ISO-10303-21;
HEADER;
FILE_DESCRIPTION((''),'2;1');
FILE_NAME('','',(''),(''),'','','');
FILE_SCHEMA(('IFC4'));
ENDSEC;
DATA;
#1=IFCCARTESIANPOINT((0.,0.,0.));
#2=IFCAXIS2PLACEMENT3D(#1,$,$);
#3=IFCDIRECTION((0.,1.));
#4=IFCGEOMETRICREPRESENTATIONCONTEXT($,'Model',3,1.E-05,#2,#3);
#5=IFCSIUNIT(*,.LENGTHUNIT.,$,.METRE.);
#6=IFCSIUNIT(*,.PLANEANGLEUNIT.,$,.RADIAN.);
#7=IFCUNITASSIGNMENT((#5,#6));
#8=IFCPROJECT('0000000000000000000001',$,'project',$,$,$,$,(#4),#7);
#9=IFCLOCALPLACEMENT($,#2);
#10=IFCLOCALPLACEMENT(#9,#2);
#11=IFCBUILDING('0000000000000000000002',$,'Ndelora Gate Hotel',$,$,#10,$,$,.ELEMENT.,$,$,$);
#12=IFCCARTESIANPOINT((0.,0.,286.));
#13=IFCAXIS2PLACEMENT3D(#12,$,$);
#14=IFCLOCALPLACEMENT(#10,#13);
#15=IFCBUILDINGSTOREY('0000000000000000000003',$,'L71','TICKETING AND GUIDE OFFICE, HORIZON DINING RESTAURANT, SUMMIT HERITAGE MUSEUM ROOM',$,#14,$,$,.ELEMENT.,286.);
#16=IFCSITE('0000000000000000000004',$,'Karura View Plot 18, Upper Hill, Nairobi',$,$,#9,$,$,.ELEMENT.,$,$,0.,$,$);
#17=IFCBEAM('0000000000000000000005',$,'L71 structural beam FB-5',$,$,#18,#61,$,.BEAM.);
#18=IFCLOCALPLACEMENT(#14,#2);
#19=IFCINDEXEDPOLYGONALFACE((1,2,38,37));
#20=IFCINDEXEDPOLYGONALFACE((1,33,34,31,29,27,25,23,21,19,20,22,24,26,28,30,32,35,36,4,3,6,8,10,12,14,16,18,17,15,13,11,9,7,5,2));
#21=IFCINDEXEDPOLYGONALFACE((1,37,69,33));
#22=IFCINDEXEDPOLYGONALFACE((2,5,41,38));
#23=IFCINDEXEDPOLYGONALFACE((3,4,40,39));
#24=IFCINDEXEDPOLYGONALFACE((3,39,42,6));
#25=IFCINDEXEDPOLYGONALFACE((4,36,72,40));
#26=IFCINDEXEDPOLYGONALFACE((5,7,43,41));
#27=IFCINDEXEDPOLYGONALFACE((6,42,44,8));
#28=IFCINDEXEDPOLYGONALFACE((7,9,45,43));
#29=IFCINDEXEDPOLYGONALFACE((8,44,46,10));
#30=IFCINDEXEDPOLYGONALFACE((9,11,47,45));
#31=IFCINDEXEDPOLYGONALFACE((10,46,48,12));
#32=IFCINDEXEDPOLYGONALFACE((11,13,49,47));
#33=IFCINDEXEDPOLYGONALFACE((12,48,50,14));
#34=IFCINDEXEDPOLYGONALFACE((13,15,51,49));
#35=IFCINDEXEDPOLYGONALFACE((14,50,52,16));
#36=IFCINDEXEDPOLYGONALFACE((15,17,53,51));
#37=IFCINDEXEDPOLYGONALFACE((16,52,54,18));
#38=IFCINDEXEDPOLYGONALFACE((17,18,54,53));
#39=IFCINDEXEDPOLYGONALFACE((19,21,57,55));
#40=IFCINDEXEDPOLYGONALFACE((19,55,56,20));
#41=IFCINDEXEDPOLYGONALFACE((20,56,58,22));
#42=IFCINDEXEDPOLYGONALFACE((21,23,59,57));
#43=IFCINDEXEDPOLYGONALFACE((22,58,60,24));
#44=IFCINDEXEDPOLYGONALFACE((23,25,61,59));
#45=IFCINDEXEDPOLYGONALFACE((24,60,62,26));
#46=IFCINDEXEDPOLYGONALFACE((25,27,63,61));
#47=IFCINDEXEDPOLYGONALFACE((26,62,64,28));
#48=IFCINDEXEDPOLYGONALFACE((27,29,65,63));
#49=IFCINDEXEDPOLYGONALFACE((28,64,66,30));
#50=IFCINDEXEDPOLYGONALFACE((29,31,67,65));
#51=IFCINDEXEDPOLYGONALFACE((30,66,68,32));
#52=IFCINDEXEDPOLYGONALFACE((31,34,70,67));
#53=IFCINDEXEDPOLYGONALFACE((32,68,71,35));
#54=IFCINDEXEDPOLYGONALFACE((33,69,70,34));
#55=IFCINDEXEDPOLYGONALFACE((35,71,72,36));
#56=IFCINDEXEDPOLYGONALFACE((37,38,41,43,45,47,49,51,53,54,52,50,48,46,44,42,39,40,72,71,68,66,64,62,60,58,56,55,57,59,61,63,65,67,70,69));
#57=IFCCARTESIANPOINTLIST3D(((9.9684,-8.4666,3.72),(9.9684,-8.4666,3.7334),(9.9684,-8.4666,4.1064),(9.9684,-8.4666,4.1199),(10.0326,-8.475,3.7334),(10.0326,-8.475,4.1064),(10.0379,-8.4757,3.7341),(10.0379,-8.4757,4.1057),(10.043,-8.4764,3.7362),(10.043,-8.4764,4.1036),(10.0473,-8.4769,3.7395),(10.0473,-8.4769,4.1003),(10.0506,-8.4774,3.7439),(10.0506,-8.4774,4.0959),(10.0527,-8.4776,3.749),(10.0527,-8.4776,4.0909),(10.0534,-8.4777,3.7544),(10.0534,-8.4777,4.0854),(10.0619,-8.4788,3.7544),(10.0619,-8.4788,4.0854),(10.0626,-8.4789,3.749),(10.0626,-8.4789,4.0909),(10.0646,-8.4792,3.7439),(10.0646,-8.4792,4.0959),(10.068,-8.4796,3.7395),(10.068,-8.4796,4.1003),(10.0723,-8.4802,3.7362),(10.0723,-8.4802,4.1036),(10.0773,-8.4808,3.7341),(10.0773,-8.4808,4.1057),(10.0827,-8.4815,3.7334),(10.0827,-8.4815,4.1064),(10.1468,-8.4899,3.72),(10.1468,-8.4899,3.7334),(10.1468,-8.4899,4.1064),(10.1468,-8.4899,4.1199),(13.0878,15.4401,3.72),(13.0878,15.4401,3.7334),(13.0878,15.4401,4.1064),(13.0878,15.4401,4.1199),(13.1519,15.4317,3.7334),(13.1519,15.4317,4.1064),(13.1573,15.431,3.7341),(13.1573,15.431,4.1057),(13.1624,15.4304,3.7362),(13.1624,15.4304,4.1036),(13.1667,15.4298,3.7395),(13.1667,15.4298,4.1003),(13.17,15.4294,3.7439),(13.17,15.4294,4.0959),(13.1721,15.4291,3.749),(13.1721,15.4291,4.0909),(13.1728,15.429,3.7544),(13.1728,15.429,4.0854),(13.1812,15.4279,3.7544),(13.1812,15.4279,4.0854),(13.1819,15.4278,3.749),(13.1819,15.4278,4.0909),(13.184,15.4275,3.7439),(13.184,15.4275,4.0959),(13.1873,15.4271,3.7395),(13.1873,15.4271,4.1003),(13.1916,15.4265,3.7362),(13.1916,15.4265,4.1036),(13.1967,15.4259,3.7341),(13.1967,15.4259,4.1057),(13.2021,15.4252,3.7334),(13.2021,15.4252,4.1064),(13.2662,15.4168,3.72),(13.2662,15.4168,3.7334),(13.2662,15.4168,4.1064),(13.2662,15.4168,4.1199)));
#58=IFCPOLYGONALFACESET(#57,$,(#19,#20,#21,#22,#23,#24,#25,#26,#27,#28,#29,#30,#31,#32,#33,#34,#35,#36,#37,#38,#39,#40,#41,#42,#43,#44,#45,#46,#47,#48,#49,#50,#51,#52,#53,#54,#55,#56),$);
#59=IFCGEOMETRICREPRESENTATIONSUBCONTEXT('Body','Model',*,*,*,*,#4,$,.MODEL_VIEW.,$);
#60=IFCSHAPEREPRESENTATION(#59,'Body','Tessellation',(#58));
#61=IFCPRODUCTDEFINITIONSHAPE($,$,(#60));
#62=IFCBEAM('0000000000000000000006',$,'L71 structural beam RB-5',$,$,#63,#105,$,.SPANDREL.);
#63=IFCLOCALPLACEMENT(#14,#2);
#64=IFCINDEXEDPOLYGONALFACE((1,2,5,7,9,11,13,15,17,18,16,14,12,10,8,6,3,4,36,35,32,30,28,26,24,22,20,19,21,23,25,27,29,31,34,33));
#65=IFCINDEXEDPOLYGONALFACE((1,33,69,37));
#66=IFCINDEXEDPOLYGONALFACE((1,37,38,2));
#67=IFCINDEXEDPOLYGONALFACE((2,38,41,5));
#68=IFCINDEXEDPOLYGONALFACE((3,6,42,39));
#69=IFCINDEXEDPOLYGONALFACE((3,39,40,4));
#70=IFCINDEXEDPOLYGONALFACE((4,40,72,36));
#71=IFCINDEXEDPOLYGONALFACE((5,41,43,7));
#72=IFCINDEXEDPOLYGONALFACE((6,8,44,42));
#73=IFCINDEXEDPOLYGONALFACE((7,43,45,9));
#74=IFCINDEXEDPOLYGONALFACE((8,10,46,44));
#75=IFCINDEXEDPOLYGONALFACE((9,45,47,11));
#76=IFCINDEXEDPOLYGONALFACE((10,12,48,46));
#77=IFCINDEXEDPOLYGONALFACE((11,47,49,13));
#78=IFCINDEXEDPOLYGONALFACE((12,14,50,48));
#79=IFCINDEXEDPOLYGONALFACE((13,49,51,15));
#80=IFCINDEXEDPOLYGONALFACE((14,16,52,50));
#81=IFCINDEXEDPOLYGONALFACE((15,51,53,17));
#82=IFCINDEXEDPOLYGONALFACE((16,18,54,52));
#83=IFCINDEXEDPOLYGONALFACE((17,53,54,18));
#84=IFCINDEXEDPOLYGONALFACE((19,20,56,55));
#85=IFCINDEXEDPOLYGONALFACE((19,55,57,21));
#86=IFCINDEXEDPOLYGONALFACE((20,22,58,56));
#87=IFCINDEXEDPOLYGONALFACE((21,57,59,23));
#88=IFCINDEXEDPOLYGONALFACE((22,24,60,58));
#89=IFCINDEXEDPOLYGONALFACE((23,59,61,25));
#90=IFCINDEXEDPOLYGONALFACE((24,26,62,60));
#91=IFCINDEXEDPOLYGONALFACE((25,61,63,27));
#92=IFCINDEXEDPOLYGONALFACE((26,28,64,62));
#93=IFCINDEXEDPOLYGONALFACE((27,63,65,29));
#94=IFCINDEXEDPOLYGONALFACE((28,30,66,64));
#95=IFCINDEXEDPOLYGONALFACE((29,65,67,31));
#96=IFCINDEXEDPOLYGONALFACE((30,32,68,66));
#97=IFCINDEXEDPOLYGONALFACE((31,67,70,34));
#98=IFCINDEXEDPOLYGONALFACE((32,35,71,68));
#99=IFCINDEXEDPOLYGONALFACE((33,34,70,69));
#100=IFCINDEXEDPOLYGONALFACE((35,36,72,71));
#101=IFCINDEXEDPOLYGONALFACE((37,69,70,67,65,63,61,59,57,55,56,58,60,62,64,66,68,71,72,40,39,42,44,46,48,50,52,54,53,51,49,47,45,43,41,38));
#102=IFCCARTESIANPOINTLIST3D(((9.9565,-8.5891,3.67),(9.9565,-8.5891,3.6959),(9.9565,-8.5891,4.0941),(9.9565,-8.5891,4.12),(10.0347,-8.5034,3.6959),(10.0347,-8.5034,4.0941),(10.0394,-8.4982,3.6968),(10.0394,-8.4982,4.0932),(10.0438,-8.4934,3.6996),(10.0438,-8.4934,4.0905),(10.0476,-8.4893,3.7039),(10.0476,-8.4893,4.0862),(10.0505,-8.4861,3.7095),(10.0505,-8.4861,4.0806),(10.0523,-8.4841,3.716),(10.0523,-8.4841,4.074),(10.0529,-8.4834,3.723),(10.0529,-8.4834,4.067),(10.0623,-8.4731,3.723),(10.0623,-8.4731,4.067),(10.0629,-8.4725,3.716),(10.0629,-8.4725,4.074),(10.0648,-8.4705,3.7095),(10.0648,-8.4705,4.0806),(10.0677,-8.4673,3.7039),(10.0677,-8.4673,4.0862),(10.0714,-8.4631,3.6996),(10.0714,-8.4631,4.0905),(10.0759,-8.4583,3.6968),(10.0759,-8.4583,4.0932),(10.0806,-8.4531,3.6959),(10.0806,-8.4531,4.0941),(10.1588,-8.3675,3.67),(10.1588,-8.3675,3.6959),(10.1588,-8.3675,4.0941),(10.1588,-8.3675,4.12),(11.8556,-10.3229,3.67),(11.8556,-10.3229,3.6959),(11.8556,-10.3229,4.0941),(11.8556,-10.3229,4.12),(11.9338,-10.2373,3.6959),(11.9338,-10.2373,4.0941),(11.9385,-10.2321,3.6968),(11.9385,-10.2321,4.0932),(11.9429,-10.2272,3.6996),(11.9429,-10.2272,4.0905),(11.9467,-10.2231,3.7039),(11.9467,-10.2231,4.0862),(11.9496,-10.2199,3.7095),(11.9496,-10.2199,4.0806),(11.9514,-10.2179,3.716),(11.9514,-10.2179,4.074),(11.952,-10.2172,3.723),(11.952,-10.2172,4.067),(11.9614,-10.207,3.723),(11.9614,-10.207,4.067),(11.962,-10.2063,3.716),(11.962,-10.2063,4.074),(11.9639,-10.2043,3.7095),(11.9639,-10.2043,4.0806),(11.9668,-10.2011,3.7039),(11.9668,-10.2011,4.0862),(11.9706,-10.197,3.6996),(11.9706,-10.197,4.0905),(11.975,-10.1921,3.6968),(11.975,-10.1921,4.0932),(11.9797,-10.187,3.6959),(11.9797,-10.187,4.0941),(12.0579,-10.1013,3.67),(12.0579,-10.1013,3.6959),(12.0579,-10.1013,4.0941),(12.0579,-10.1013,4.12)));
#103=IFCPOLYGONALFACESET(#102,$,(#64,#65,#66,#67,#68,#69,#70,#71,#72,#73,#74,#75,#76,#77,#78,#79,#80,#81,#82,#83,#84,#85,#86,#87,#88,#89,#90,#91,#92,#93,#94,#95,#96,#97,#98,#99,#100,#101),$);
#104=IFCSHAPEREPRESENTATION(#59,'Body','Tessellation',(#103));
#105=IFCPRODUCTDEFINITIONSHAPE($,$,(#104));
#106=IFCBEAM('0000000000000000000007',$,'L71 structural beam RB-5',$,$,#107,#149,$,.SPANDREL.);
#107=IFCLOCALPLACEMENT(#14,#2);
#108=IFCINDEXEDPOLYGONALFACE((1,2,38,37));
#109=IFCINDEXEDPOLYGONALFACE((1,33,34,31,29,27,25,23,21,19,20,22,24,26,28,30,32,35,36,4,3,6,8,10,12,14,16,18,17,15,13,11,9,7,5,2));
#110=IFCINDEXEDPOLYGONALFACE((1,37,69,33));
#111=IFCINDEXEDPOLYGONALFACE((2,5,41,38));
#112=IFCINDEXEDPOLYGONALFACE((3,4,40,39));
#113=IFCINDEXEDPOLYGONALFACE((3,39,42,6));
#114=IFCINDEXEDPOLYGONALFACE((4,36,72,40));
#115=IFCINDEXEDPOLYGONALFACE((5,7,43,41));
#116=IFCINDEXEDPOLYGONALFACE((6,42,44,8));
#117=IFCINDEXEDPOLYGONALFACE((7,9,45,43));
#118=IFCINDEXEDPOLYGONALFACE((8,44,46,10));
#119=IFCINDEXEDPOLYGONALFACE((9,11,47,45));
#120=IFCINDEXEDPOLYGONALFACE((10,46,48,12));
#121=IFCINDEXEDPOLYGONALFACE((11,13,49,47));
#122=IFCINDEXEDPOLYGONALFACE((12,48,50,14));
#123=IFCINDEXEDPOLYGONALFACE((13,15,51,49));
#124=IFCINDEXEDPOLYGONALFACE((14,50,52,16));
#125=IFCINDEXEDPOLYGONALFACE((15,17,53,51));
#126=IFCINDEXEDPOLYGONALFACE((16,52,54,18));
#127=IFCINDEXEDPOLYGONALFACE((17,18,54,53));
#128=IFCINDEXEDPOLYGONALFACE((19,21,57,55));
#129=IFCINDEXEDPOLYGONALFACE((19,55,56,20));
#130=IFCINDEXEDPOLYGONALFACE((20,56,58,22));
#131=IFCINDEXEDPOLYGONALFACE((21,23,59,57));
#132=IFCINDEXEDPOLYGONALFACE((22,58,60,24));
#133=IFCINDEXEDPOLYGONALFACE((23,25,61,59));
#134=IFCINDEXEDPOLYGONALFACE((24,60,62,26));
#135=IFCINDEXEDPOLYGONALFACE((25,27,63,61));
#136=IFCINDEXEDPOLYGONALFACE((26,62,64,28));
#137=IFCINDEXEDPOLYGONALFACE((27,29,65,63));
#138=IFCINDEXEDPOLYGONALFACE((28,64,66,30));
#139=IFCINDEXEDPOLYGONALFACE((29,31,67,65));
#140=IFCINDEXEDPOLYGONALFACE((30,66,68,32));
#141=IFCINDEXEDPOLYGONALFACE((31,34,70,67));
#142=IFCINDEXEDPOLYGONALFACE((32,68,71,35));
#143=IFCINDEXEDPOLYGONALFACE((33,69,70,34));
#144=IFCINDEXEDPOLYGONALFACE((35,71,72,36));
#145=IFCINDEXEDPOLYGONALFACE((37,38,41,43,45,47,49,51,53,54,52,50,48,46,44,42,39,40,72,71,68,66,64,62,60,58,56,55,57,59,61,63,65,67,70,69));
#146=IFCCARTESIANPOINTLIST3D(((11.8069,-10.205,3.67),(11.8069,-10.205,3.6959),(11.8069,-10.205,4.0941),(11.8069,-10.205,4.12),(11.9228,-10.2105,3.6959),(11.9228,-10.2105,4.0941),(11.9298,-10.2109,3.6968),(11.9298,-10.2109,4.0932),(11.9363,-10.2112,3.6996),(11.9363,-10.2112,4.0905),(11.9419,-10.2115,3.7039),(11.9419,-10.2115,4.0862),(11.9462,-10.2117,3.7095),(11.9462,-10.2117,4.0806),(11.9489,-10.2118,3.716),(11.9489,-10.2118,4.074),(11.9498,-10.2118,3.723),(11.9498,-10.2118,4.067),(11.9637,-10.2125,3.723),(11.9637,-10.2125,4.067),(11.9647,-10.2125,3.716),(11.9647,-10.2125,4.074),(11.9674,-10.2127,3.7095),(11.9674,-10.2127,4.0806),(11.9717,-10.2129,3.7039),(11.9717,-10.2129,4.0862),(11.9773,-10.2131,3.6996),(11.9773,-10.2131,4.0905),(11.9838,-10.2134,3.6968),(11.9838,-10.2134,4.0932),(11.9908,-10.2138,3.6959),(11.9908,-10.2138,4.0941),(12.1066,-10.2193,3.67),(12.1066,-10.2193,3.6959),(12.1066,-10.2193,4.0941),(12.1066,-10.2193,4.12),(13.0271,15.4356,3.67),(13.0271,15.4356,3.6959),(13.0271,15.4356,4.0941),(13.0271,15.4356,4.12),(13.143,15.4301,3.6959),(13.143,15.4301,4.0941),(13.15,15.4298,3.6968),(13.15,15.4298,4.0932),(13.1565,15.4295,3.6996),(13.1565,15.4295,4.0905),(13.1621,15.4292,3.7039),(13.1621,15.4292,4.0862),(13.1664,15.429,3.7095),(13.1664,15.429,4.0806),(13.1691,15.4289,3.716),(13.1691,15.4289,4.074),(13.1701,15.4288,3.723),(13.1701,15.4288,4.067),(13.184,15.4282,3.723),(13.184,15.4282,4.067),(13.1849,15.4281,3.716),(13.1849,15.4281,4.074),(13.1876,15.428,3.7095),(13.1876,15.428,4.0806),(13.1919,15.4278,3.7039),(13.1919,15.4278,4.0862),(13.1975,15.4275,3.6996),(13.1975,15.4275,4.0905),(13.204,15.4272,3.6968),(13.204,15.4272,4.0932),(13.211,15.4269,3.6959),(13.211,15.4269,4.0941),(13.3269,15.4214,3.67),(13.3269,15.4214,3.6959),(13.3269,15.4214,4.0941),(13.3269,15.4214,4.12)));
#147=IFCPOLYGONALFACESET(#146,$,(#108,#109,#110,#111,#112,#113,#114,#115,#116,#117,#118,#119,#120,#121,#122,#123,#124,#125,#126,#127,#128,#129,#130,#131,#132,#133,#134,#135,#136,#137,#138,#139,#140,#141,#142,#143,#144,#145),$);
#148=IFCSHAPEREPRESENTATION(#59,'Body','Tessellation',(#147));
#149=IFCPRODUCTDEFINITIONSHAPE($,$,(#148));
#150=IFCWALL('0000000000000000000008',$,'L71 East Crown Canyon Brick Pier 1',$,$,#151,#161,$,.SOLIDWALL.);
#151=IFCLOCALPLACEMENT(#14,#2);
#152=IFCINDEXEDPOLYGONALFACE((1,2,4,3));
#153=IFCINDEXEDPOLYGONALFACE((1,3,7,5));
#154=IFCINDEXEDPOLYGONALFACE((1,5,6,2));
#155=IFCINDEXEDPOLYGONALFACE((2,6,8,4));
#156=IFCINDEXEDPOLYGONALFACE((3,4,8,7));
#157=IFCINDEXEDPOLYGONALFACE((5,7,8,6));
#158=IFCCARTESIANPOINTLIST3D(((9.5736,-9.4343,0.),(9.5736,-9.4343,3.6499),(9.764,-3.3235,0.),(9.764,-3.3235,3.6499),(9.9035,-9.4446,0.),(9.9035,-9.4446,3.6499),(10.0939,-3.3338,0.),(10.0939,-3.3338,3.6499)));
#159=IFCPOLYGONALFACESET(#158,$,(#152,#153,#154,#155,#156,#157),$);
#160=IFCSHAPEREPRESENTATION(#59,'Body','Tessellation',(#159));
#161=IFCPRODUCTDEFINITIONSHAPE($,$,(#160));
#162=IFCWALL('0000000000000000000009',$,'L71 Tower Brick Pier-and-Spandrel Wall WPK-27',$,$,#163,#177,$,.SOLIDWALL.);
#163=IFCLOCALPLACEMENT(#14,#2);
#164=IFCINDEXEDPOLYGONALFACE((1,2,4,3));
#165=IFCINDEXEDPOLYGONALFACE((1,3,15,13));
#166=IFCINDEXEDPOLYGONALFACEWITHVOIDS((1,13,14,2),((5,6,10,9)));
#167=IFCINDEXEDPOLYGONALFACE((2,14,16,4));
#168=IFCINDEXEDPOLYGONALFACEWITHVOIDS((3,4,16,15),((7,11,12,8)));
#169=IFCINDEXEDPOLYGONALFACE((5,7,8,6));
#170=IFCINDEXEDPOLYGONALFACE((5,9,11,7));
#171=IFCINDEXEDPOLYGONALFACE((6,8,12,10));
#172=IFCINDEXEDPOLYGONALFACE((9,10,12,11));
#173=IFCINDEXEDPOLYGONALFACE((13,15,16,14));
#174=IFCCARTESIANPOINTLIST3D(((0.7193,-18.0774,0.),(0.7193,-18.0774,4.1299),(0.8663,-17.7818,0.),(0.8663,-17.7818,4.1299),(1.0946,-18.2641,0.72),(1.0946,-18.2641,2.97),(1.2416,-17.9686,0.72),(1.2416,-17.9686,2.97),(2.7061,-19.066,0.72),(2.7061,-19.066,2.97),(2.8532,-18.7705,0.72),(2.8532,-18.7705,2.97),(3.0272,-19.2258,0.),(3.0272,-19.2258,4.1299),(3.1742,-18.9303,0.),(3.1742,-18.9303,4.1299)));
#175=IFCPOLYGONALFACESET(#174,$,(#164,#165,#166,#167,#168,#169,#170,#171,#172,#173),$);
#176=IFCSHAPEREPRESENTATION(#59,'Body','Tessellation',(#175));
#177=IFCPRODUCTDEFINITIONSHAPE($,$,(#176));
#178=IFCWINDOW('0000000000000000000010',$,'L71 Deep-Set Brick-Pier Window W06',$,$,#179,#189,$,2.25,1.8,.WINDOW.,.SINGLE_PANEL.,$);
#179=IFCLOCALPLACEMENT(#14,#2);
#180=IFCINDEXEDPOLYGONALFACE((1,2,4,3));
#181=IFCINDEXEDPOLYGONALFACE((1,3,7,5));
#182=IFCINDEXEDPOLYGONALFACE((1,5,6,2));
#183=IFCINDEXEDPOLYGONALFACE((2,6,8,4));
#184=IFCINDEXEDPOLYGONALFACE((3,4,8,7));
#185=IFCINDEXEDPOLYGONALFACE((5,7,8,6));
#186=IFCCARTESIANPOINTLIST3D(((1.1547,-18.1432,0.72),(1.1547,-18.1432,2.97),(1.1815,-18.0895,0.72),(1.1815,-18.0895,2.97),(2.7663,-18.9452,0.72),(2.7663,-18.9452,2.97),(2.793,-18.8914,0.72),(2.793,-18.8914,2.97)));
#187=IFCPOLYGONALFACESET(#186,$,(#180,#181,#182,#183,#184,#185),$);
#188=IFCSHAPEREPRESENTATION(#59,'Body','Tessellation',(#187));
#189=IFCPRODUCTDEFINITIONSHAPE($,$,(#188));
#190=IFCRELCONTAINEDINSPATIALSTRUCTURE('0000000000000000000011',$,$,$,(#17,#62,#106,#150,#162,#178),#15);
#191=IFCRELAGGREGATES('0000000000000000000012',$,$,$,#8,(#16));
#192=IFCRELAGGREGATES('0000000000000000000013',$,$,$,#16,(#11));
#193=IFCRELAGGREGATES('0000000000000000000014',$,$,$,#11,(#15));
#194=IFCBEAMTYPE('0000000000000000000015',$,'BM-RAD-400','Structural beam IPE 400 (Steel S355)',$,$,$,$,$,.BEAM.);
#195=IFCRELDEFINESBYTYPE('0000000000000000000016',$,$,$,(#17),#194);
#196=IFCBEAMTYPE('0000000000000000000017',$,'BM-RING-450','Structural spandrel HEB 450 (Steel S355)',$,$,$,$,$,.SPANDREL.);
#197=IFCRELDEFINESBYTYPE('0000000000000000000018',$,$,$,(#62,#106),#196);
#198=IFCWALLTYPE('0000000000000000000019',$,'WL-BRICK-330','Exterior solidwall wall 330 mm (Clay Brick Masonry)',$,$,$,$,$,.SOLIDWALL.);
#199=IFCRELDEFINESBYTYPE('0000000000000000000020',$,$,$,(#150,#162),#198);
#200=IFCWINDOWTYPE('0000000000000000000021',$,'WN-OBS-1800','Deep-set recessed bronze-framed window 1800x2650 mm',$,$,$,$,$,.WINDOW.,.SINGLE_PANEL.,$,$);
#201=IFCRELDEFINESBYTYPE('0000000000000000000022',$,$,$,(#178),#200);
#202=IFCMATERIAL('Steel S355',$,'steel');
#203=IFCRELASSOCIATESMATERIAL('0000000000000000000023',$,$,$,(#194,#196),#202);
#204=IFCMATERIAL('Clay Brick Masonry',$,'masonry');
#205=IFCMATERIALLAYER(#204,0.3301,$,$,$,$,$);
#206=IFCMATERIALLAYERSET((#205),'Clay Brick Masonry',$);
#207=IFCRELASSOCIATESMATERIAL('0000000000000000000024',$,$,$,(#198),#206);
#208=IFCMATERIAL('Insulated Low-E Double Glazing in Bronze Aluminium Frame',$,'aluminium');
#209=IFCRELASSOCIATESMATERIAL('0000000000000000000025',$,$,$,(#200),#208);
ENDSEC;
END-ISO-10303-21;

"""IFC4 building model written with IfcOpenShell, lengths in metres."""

from ifc_helpers import new_model, si_unit, direction, frame, frame_2d, origin, origin_2d, place, context, subcontext, project, spatial, rectangle, i_section, extrude, material, layer, layer_set, material_profile, profile_set, type_object, element, fill, save


model = new_model("IFC4")

# Units and contexts
model_context = context("Model", 3, precision=1e-05, world=origin(), true_north=direction((0.0, 1.0)))
body_context = subcontext(model_context, "Body", "Model", "MODEL_VIEW")
ifc_project = project(units=[si_unit("LENGTHUNIT", "METRE"), si_unit("PLANEANGLEUNIT", "RADIAN")], contexts=[model_context])

# Site, building, storey
site_placement = place(None, origin())
site = spatial("IfcSite", under=ifc_project, at=site_placement, Name="Karura View Plot 18, Upper Hill, Nairobi", CompositionType="ELEMENT", RefElevation=0.0)
building_placement = place(site_placement, origin())
building = spatial("IfcBuilding", under=site, at=building_placement, Name="Ndelora Gate Hotel", CompositionType="ELEMENT")
storey_placement = place(building_placement, frame((0.0, 0.0, 286.0)))
storey = spatial("IfcBuildingStorey", under=building, at=storey_placement, Name="L71", Description="TICKETING AND GUIDE OFFICE, HORIZON DINING RESTAURANT, SUMMIT HERITAGE MUSEUM ROOM", CompositionType="ELEMENT", Elevation=286.0)

# Beams
ifc_material_1 = material(Name="Steel S355", Category="steel")
ifc_material_profile_1 = material_profile(ifc_material_1, i_section(OverallWidth=0.1799, OverallDepth=0.3999, WebThickness=0.0085, FlangeThickness=0.0134, FilletRadius=0.021, at=origin_2d()), Name="IPE 400")
ifc_profile_set_1 = profile_set([ifc_material_profile_1], Name="Steel S355")
beam_type_1 = type_object("IfcBeamType", Name="BM-RAD-400", Description="Structural beam IPE 400 (Steel S355)", PredefinedType="BEAM", material=ifc_profile_set_1)
beam_1_placement = place(storey_placement, frame((10.0576, -8.4783, 3.9199), z_axis=(0.129385, 0.991594, 0.0), x_axis=(-0.991594, 0.129385, 0.0)))
element("IfcBeam", 1, at=beam_1_placement, inside=storey, type_object=beam_type_1, Name="L71 structural beam FB-5", PredefinedType="BEAM", context=body_context, shape_type="SweptSolid", body=[
    extrude(i_section(OverallWidth=0.1799, OverallDepth=0.3999, WebThickness=0.0085, FlangeThickness=0.0134, FilletRadius=0.021, at=origin_2d()), origin(), (0.0, 0.0, 1.0), 24.1094),
])
ifc_material_profile_2 = material_profile(ifc_material_1, i_section(OverallWidth=0.3, OverallDepth=0.45, WebThickness=0.0139, FlangeThickness=0.0259, FilletRadius=0.0271, at=origin_2d()), Name="HEB 450")
ifc_profile_set_2 = profile_set([ifc_material_profile_2], Name="Steel S355")
beam_type_2 = type_object("IfcBeamType", Name="BM-RING-450", Description="Structural spandrel HEB 450 (Steel S355)", PredefinedType="SPANDREL", material=ifc_profile_set_2)
beam_2_placement = place(storey_placement, frame((10.0576, -8.4783, 3.895), z_axis=(0.738512, -0.67424, 0.0), x_axis=(0.67424, 0.738512, 0.0)))
element("IfcBeam", 2, at=beam_2_placement, inside=storey, type_object=beam_type_2, Name="L71 structural beam RB-5", PredefinedType="SPANDREL", context=body_context, shape_type="SweptSolid", body=[
    extrude(i_section(OverallWidth=0.3, OverallDepth=0.45, WebThickness=0.0139, FlangeThickness=0.0259, FilletRadius=0.0271, at=origin_2d()), origin(), (0.0, 0.0, 1.0), 2.5715),
])
beam_3_placement = place(storey_placement, frame((11.9568, -10.2122, 3.895), z_axis=(0.047535, 0.99887, 0.0), x_axis=(-0.99887, 0.047535, 0.0)))
element("IfcBeam", 3, at=beam_3_placement, inside=storey, type_object=beam_type_2, Name="L71 structural beam RB-5", PredefinedType="SPANDREL", context=body_context, shape_type="SweptSolid", body=[
    extrude(i_section(OverallWidth=0.3, OverallDepth=0.45, WebThickness=0.0139, FlangeThickness=0.0259, FilletRadius=0.0271, at=origin_2d()), origin(), (0.0, 0.0, 1.0), 25.6697),
])

# Wall
ifc_material_2 = material(Name="Clay Brick Masonry", Category="masonry")
ifc_layer_1 = layer(ifc_material_2, 0.3301)
ifc_layer_set_1 = layer_set([ifc_layer_1], Name="Clay Brick Masonry")
wall_type_1 = type_object("IfcWallType", Name="WL-BRICK-330", Description="Exterior solidwall wall 330 mm (Clay Brick Masonry)", PredefinedType="SOLIDWALL", material=ifc_layer_set_1)
wall_1_placement = place(storey_placement, frame((9.7385, -9.4395, 0.0), z_axis=(0.0, 0.0, 1.0), x_axis=(0.031147, 0.999515, 0.0)))
element("IfcWall", 4, at=wall_1_placement, inside=storey, type_object=wall_type_1, Name="L71 East Crown Canyon Brick Pier 1", PredefinedType="SOLIDWALL", context=body_context, shape_type="SweptSolid", body=[
    extrude(rectangle(XDim=6.1138, YDim=0.3301, at=frame_2d((3.0569, 0.0))), origin(), (0.0, 0.0, 1.0), 3.6499),
])

# Wall, opening, window
wall_2_placement = place(storey_placement, frame((3.1008, -19.0781, 0.0), z_axis=(0.0, 0.0, 1.0), x_axis=(-0.895278, 0.445508, 0.0)))
wall_2 = element("IfcWall", 5, at=wall_2_placement, inside=storey, type_object=wall_type_1, Name="L71 Tower Brick Pier-and-Spandrel Wall WPK-27", PredefinedType="SOLIDWALL", context=body_context, shape_type="SweptSolid", body=[
    extrude(rectangle(XDim=2.5779, YDim=0.3301, at=frame_2d((1.2891, 0.0))), origin(), (0.0, 0.0, 1.0), 4.1299),
])
opening_placement = place(wall_2_placement, frame((0.3589, 0.0, 0.72)))
opening = element("IfcOpeningElement", 6, at=opening_placement, cuts=wall_2, PredefinedType="OPENING", context=body_context, shape_type="SweptSolid", body=[
    extrude(rectangle(XDim=1.8, YDim=2.25, at=frame_2d((0.8999, 1.125))), frame((0.0, 0.175, 0.0), z_axis=(0.0, -1.0, 0.0), x_axis=(1.0, 0.0, 0.0)), (0.0, 0.0, 1.0), 0.3501),
])
ifc_material_3 = material(Name="Insulated Low-E Double Glazing in Bronze Aluminium Frame", Category="aluminium")
window_type = type_object("IfcWindowType", Name="WN-OBS-1800", Description="Deep-set recessed bronze-framed window 1800x2650 mm", PartitioningType="SINGLE_PANEL", PredefinedType="WINDOW", material=ifc_material_3)
window_placement = place(opening_placement, origin())
window = element("IfcWindow", 7, at=window_placement, inside=storey, type_object=window_type, Name="L71 Deep-Set Brick-Pier Window W06", OverallHeight=2.25, OverallWidth=1.8, PartitioningType="SINGLE_PANEL", PredefinedType="WINDOW", context=body_context, shape_type="SweptSolid", body=[
    extrude(rectangle(XDim=1.8, YDim=2.25, at=frame_2d((0.8999, 1.125))), frame((0.0, 0.03, 0.0), z_axis=(0.0, -1.0, 0.0), x_axis=(1.0, 0.0, 0.0)), (0.0, 0.0, 1.0), 0.0601),
])
fill(opening, window)

save(model, "model.ifc")
